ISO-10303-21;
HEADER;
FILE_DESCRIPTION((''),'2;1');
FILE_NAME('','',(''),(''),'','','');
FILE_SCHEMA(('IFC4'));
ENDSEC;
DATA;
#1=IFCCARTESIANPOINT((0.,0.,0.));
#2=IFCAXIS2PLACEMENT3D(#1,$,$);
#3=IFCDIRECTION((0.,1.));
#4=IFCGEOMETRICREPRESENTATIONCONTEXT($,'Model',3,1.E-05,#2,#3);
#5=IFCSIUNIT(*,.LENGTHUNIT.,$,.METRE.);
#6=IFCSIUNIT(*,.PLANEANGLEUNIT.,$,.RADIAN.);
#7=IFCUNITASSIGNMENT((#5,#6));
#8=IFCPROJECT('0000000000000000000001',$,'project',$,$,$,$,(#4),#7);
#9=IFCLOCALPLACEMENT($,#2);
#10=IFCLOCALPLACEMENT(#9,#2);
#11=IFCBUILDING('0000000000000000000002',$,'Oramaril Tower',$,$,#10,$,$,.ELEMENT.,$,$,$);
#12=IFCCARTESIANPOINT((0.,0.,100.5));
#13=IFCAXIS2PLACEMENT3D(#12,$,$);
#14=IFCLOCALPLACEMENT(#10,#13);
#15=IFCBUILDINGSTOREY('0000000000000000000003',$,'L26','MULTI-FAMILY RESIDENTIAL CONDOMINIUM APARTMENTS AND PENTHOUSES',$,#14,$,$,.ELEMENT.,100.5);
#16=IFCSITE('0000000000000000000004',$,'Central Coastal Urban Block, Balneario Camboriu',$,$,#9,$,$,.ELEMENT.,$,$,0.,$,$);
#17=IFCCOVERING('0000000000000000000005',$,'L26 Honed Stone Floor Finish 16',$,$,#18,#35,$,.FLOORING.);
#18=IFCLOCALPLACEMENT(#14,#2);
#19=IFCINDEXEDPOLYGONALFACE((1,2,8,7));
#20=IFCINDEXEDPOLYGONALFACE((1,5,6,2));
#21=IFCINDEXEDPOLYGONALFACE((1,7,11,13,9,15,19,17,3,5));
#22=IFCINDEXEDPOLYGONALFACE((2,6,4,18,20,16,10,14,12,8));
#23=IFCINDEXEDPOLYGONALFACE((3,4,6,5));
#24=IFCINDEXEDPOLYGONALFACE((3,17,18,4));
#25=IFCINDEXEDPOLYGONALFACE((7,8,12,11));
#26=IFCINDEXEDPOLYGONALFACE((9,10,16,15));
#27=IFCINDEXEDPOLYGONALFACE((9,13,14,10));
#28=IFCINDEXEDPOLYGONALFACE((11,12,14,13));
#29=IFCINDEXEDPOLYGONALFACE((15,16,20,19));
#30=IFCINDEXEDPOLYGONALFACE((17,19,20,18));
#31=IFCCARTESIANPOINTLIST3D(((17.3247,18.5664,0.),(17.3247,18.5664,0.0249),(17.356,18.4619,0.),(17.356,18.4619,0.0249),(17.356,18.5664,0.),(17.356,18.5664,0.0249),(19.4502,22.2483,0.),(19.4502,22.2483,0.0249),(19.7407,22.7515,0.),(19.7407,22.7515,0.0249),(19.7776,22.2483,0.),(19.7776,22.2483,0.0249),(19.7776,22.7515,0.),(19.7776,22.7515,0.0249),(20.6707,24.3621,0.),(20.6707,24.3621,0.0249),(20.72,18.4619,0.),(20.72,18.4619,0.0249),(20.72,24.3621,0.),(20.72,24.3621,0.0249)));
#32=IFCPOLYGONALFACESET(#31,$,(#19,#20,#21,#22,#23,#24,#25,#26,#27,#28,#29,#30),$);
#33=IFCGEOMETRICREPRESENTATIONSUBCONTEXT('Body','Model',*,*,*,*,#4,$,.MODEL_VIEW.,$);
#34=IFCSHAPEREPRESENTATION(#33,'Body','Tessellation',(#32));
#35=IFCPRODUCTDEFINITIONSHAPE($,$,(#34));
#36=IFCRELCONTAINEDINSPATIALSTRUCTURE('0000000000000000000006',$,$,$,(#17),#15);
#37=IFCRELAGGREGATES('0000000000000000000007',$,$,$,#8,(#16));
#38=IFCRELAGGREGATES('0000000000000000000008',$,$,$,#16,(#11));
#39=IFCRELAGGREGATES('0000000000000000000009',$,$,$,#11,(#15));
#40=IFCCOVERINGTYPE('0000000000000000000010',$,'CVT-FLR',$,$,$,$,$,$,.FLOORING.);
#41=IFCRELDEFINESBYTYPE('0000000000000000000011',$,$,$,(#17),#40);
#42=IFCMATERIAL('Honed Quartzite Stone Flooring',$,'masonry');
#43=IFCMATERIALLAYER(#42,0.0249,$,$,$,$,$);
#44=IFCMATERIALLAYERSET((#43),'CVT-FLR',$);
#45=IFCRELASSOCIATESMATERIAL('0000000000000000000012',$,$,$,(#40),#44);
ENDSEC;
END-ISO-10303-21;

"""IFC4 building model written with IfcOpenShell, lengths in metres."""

from ifc_helpers import new_model, si_unit, direction, frame, origin, place, context, subcontext, project, spatial, polyline, outline, extrude, material, layer, layer_set, type_object, element, save


model = new_model("IFC4")

# Units and contexts
model_context = context("Model", 3, precision=1e-05, world=origin(), true_north=direction((0.0, 1.0)))
body_context = subcontext(model_context, "Body", "Model", "MODEL_VIEW")
ifc_project = project(units=[si_unit("LENGTHUNIT", "METRE"), si_unit("PLANEANGLEUNIT", "RADIAN")], contexts=[model_context])

# Site, building, storey
site_placement = place(None, origin())
site = spatial("IfcSite", under=ifc_project, at=site_placement, Name="Central Coastal Urban Block, Balneario Camboriu", CompositionType="ELEMENT", RefElevation=0.0)
building_placement = place(site_placement, origin())
building = spatial("IfcBuilding", under=site, at=building_placement, Name="Oramaril Tower", CompositionType="ELEMENT")
storey_placement = place(building_placement, frame((0.0, 0.0, 100.5)))
storey = spatial("IfcBuildingStorey", under=building, at=storey_placement, Name="L26", Description="MULTI-FAMILY RESIDENTIAL CONDOMINIUM APARTMENTS AND PENTHOUSES", CompositionType="ELEMENT", Elevation=100.5)

# Covering
ifc_material_1 = material(Name="Honed Quartzite Stone Flooring", Category="masonry")
ifc_layer_1 = layer(ifc_material_1, 0.0249)
ifc_layer_set_1 = layer_set([ifc_layer_1], Name="CVT-FLR")
covering_type_1 = type_object("IfcCoveringType", Name="CVT-FLR", PredefinedType="FLOORING", material=ifc_layer_set_1)
covering_1_placement = place(storey_placement, origin())
element("IfcCovering", 1, at=covering_1_placement, inside=storey, type_object=covering_type_1, Name="L26 Honed Stone Floor Finish 16", PredefinedType="FLOORING", context=body_context, shape_type="SweptSolid", body=[
    extrude(outline(polyline([(19.7776, 22.2483), (19.7776, 22.7515), (19.7407, 22.7515), (20.6707, 24.3621), (20.72, 24.3621), (20.72, 18.4619), (17.356, 18.4619), (17.356, 18.5664), (17.3247, 18.5664), (19.4502, 22.2483), (19.7776, 22.2483)])), origin(), (0.0, 0.0, 1.0), 0.0249),
])

save(model, "model.ifc")
